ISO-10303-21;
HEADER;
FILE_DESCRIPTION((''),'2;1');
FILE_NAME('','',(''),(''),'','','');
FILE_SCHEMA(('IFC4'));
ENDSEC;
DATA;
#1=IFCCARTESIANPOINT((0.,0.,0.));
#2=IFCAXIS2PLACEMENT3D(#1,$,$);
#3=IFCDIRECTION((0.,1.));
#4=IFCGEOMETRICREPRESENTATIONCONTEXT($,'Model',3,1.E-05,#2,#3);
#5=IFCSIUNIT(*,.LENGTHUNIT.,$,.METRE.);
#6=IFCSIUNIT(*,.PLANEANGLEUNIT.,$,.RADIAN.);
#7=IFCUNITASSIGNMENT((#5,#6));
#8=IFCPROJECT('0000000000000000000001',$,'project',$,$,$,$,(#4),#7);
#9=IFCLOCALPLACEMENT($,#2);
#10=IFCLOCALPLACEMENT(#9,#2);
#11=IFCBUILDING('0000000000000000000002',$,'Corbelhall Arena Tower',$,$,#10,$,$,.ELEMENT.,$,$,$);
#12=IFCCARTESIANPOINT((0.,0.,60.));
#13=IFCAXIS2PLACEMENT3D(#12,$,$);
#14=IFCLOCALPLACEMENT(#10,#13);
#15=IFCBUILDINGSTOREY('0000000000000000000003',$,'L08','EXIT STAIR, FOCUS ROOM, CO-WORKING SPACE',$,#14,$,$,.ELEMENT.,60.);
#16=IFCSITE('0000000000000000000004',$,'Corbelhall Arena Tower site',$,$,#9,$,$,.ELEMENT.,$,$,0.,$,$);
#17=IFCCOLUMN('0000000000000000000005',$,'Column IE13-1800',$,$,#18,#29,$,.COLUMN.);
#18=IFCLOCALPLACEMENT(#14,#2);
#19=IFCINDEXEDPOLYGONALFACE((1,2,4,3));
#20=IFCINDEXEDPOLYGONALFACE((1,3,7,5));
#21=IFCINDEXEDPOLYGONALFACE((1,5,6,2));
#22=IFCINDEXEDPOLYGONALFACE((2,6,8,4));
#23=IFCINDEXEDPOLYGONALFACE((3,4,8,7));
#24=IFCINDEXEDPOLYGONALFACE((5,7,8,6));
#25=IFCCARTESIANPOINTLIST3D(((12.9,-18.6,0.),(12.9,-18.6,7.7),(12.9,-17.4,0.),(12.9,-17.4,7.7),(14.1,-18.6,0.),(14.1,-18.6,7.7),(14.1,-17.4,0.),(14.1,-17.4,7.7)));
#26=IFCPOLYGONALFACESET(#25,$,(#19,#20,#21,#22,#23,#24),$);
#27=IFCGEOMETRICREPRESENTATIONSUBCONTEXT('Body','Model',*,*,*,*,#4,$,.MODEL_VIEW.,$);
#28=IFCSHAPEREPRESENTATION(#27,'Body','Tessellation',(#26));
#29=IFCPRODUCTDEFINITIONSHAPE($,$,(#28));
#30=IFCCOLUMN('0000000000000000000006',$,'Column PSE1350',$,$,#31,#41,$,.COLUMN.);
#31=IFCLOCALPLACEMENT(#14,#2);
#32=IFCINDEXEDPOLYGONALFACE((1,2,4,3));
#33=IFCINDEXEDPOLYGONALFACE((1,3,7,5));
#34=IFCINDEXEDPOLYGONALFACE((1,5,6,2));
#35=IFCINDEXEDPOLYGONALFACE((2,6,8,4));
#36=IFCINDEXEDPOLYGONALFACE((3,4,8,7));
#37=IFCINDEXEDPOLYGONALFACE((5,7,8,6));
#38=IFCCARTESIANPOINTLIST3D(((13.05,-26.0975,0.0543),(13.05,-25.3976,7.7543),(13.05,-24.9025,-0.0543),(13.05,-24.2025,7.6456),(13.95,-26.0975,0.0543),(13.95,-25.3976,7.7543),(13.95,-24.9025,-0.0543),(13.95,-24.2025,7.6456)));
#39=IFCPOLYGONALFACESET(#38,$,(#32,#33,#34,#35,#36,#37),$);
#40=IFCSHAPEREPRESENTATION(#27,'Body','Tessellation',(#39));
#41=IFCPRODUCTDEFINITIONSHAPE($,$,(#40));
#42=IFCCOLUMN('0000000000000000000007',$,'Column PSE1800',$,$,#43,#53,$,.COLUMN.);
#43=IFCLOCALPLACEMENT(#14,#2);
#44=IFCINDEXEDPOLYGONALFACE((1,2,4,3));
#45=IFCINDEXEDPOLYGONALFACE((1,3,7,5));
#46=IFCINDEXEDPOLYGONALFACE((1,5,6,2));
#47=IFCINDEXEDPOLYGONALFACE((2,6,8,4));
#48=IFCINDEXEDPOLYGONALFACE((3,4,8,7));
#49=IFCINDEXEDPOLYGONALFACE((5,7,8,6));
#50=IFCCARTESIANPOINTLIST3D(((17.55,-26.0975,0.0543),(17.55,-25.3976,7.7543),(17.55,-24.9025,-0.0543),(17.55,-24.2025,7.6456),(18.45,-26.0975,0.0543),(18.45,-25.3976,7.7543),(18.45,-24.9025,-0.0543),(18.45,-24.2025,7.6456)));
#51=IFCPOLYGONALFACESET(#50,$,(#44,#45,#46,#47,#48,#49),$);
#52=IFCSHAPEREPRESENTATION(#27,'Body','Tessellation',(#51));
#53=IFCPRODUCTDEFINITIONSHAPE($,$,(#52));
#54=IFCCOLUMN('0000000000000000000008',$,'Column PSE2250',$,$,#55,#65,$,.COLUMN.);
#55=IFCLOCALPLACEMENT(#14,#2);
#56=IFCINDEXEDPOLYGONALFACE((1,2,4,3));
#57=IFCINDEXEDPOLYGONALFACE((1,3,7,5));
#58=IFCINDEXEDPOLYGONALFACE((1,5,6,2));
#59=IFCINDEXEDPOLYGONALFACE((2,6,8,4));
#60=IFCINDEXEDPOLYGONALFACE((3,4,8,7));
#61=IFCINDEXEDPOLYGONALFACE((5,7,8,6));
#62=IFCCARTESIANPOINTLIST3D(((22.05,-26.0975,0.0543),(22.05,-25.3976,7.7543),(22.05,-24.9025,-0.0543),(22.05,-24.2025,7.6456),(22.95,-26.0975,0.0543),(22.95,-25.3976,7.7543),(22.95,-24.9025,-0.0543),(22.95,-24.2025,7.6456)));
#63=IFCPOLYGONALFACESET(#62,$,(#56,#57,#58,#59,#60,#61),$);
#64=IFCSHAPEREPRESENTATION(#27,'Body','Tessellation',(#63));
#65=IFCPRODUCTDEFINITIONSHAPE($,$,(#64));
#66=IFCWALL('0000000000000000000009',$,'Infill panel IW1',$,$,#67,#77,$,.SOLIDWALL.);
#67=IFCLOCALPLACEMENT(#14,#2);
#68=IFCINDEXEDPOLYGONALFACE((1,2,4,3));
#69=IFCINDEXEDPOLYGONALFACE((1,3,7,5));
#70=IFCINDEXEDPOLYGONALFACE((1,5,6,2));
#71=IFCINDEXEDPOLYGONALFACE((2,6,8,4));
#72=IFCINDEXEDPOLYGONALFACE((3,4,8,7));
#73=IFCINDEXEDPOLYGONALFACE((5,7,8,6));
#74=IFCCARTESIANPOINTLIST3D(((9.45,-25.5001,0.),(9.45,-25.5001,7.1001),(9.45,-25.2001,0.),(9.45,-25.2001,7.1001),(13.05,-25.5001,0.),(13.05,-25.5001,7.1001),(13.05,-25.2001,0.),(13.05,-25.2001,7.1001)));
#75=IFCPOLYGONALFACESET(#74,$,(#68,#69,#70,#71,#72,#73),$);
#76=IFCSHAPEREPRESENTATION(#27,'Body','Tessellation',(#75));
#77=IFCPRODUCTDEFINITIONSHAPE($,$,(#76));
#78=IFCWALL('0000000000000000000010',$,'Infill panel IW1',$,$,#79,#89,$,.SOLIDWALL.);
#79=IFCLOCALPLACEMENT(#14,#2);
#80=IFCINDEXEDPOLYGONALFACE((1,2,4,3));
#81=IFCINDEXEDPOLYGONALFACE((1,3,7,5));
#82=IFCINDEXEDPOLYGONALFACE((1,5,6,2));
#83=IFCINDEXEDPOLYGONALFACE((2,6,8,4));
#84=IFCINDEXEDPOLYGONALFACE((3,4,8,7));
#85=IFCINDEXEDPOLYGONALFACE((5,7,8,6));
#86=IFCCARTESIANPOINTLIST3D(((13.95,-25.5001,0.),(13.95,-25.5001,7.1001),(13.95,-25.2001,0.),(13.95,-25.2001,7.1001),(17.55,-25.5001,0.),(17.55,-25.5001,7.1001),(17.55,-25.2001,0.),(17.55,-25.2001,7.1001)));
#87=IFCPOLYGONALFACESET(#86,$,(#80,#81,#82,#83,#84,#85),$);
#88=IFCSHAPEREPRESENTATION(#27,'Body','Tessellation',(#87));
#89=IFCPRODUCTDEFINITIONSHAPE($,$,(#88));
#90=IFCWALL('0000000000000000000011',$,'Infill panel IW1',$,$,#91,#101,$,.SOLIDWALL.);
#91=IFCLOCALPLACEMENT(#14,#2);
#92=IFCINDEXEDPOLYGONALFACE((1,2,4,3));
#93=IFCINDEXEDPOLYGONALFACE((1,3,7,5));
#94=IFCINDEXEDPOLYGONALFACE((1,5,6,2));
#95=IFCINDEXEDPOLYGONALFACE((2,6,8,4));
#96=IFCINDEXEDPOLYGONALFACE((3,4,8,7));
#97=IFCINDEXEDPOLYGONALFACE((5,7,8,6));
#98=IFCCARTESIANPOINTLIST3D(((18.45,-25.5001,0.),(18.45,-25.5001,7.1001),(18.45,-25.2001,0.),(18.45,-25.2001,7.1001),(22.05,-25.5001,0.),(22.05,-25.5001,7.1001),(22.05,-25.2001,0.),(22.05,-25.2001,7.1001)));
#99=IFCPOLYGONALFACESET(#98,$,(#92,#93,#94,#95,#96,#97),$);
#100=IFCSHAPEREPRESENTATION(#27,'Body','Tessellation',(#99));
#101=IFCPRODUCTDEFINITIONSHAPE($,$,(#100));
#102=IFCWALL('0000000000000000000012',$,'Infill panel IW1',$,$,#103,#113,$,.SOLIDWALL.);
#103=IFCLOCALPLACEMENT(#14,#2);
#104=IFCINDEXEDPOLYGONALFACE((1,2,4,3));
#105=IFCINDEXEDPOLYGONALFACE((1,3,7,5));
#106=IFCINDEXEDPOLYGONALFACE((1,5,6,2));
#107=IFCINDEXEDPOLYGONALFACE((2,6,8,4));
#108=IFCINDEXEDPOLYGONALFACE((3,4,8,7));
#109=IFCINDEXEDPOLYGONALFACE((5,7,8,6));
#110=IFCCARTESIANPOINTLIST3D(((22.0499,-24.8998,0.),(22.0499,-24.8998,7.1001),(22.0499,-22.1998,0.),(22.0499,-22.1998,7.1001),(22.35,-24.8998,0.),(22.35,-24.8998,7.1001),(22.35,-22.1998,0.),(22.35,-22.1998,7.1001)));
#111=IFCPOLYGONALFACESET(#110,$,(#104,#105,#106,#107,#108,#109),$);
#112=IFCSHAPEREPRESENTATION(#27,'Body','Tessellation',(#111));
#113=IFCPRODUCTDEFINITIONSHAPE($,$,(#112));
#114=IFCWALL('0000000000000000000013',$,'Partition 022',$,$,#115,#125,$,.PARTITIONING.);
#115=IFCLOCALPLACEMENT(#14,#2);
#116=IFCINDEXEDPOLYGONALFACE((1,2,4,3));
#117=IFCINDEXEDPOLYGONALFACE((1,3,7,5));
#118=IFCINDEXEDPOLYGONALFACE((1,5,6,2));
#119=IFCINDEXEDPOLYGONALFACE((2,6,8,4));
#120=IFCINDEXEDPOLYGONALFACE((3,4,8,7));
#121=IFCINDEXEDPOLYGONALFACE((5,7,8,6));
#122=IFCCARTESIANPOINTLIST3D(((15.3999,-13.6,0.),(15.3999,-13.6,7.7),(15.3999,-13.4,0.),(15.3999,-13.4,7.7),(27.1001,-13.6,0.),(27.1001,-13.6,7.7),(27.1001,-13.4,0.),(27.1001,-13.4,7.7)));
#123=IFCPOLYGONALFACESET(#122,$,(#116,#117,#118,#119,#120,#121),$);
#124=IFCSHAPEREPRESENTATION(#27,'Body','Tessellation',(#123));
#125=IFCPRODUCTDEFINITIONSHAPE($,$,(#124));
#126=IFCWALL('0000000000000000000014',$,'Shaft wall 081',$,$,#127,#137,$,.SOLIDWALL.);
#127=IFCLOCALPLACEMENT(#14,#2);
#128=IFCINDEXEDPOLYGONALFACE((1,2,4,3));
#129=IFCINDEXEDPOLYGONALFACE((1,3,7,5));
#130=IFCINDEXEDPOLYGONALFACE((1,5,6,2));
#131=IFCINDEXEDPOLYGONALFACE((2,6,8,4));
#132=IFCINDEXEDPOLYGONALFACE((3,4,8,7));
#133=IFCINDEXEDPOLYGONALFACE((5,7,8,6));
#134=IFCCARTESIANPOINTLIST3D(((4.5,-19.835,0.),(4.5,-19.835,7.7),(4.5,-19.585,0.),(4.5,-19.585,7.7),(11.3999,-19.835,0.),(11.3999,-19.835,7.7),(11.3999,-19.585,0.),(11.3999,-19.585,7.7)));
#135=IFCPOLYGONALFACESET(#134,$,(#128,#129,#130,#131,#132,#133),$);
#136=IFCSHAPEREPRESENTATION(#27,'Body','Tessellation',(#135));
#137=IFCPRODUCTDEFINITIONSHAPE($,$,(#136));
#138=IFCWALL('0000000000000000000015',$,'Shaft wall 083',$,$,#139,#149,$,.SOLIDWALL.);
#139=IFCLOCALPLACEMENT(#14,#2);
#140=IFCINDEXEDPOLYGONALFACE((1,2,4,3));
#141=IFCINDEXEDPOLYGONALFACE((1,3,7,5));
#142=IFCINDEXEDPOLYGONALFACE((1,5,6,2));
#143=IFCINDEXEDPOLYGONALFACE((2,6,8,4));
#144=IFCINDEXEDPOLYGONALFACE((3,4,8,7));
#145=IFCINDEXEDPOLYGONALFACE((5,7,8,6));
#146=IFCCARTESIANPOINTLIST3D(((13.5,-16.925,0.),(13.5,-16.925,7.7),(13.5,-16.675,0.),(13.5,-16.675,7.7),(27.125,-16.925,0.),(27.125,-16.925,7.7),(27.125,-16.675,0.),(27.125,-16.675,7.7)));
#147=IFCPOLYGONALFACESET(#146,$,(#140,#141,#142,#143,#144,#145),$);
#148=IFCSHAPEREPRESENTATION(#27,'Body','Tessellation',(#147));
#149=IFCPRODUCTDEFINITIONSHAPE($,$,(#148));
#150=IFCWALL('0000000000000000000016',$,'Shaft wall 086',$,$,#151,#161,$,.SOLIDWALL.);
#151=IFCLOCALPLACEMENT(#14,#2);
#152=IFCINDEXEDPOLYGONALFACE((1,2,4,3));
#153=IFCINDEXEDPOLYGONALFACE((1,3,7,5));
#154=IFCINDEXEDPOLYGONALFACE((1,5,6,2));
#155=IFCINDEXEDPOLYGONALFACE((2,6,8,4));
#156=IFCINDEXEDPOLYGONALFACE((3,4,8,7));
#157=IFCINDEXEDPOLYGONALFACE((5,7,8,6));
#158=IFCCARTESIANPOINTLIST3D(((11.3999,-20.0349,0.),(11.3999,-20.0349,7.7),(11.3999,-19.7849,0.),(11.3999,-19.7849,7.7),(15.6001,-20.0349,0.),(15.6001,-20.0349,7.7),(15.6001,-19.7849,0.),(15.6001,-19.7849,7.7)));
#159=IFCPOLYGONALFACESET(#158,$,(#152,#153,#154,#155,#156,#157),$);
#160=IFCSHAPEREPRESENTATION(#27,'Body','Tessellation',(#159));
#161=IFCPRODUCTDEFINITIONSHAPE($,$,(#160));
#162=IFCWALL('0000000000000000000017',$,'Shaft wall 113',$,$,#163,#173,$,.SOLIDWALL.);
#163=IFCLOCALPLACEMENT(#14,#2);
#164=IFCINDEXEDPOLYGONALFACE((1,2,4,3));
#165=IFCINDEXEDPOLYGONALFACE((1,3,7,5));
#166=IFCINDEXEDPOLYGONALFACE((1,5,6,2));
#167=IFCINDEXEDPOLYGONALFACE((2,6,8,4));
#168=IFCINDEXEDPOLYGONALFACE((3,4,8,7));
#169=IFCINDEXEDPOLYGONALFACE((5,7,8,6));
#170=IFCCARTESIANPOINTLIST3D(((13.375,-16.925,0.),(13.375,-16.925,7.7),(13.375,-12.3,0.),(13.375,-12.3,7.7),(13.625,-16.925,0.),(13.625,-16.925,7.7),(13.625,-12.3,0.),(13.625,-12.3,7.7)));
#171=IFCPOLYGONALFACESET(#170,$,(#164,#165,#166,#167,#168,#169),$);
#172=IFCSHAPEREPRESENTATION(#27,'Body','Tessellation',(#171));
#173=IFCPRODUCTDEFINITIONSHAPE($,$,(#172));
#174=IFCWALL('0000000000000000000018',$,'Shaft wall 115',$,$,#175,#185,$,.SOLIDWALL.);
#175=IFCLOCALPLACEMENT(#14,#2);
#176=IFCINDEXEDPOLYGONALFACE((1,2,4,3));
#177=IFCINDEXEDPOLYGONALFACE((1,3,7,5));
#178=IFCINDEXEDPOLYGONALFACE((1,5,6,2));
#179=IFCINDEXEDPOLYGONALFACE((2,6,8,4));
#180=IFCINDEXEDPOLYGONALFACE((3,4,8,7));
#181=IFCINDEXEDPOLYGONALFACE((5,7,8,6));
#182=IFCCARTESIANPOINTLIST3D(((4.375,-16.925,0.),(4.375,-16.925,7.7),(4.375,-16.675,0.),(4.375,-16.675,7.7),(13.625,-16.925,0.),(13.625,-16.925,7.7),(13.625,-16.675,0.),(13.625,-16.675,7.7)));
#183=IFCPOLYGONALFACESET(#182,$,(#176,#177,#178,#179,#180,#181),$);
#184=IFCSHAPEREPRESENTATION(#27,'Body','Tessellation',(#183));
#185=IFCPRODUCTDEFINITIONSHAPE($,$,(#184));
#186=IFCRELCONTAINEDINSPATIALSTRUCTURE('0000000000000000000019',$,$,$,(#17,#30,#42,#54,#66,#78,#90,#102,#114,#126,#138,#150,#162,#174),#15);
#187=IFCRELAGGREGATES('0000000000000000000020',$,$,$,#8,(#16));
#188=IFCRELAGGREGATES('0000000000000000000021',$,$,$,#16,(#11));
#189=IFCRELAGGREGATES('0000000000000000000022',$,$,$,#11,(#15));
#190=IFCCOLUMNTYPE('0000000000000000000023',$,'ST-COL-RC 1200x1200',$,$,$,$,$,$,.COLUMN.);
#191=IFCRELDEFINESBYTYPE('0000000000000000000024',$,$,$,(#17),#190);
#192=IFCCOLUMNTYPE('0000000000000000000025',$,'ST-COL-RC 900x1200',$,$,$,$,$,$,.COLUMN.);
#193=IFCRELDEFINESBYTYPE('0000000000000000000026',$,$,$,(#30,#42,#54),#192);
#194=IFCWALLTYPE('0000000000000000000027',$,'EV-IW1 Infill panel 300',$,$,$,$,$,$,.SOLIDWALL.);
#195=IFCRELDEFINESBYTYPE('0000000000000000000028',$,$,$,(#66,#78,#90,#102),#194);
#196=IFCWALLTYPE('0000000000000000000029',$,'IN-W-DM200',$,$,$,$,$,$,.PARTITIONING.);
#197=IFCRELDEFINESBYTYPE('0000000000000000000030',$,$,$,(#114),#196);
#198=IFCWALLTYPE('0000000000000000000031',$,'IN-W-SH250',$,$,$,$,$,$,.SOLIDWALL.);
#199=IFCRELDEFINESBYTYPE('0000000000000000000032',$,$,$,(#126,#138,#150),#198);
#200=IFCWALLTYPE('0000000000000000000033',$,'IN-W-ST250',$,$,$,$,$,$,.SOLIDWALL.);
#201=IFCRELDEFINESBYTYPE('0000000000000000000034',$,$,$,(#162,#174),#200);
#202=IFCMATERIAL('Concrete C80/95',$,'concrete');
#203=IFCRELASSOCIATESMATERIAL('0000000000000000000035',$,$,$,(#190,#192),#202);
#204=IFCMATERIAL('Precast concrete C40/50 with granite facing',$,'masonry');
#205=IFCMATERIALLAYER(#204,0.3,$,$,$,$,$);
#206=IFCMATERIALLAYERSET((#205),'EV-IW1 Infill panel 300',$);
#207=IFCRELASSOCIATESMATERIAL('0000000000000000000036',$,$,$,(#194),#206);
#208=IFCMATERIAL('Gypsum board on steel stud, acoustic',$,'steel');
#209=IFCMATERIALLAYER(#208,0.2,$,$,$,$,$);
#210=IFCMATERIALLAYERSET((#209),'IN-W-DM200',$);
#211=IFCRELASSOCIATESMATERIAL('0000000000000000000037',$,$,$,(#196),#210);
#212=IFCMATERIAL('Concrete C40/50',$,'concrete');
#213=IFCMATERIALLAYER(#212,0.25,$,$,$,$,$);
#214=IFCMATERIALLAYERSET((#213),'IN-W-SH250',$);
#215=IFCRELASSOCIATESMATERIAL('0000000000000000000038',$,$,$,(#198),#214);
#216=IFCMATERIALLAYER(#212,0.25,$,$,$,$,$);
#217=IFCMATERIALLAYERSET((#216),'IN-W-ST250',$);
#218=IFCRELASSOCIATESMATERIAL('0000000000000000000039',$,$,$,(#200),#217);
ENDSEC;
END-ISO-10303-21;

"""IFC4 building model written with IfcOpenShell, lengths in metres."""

from ifc_helpers import new_model, si_unit, direction, frame, frame_2d, origin, origin_2d, place, context, subcontext, project, spatial, rectangle, extrude, material, layer, layer_set, material_profile, profile_set, type_object, element, save


model = new_model("IFC4")

# Units and contexts
model_context = context("Model", 3, precision=1e-05, world=origin(), true_north=direction((0.0, 1.0)))
body_context = subcontext(model_context, "Body", "Model", "MODEL_VIEW")
ifc_project = project(units=[si_unit("LENGTHUNIT", "METRE"), si_unit("PLANEANGLEUNIT", "RADIAN")], contexts=[model_context])

# Site, building, storey
site_placement = place(None, origin())
site = spatial("IfcSite", under=ifc_project, at=site_placement, Name="Corbelhall Arena Tower site", CompositionType="ELEMENT", RefElevation=0.0)
building_placement = place(site_placement, origin())
building = spatial("IfcBuilding", under=site, at=building_placement, Name="Corbelhall Arena Tower", CompositionType="ELEMENT")
storey_placement = place(building_placement, frame((0.0, 0.0, 60.0)))
storey = spatial("IfcBuildingStorey", under=building, at=storey_placement, Name="L08", Description="EXIT STAIR, FOCUS ROOM, CO-WORKING SPACE", CompositionType="ELEMENT", Elevation=60.0)

# Columns
ifc_material_1 = material(Name="Concrete C80/95", Category="concrete")
ifc_material_profile_1 = material_profile(ifc_material_1, rectangle(XDim=1.2, YDim=1.2, at=origin_2d()))
ifc_profile_set_1 = profile_set([ifc_material_profile_1], Name="Concrete C80/95")
column_type_1 = type_object("IfcColumnType", Name="ST-COL-RC 1200x1200", PredefinedType="COLUMN", material=ifc_profile_set_1)
column_placement = place(storey_placement, frame((13.5, -18.0, 0.0), z_axis=(0.0, 0.0, 1.0), x_axis=(1.0, 0.0, 0.0)))
element("IfcColumn", 1, at=column_placement, inside=storey, type_object=column_type_1, Name="Column IE13-1800", PredefinedType="COLUMN", context=body_context, shape_type="SweptSolid", body=[
    extrude(rectangle(XDim=1.2, YDim=1.2, at=origin_2d()), origin(), (0.0, 0.0, 1.0), 7.7),
])
ifc_material_profile_2 = material_profile(ifc_material_1, rectangle(XDim=0.8999, YDim=1.2, at=origin_2d()))
ifc_profile_set_2 = profile_set([ifc_material_profile_2], Name="Concrete C80/95")
column_type_2 = type_object("IfcColumnType", Name="ST-COL-RC 900x1200", PredefinedType="COLUMN", material=ifc_profile_set_2)
for number, where, z_axis, x_axis, name in (
    (2, (13.5, -25.5, 0.0), (0.0, 0.09053, 0.995894), (-1.0, 0.0, 0.0), "Column PSE1350"),
    (3, (18.0, -25.5, 0.0), (0.0, 0.09053, 0.995894), (-1.0, 0.0, 0.0), "Column PSE1800"),
    (4, (22.5, -25.5, 0.0), (0.0, 0.09053, 0.995894), (-1.0, 0.0, 0.0), "Column PSE2250"),
):
    element("IfcColumn", number, at=place(storey_placement, frame(where, z_axis=z_axis, x_axis=x_axis)), inside=storey, type_object=column_type_2, Name=name, PredefinedType="COLUMN", context=body_context, shape_type="SweptSolid", body=[
        extrude(rectangle(XDim=0.8999, YDim=1.2, at=origin_2d()), origin(), (0.0, 0.0, 1.0), 7.7317),
    ])

# Walls
ifc_material_2 = material(Name="Precast concrete C40/50 with granite facing", Category="masonry")
ifc_layer_1 = layer(ifc_material_2, 0.3)
ifc_layer_set_1 = layer_set([ifc_layer_1], Name="EV-IW1 Infill panel 300")
wall_type_1 = type_object("IfcWallType", Name="EV-IW1 Infill panel 300", PredefinedType="SOLIDWALL", material=ifc_layer_set_1)
for number, where, z_axis, x_axis, name in (
    (5, (9.45, -25.3501, 0.0), (0.0, 0.0, 1.0), (1.0, 0.0, 0.0), "Infill panel IW1"),
    (6, (13.95, -25.3501, 0.0), (0.0, 0.0, 1.0), (1.0, 0.0, 0.0), "Infill panel IW1"),
    (7, (18.45, -25.3501, 0.0), (0.0, 0.0, 1.0), (1.0, 0.0, 0.0), "Infill panel IW1"),
):
    element("IfcWall", number, at=place(storey_placement, frame(where, z_axis=z_axis, x_axis=x_axis)), inside=storey, type_object=wall_type_1, Name=name, PredefinedType="SOLIDWALL", context=body_context, shape_type="SweptSolid", body=[
        extrude(rectangle(XDim=3.6001, YDim=0.3, at=frame_2d((1.8, 0.0))), origin(), (0.0, 0.0, 1.0), 7.1001),
    ])
wall_1_placement = place(storey_placement, frame((22.2, -24.8999, 0.0), z_axis=(0.0, 0.0, 1.0), x_axis=(0.0, 1.0, 0.0)))
element("IfcWall", 8, at=wall_1_placement, inside=storey, type_object=wall_type_1, Name="Infill panel IW1", PredefinedType="SOLIDWALL", context=body_context, shape_type="SweptSolid", body=[
    extrude(rectangle(XDim=2.7, YDim=0.3, at=frame_2d((1.3501, 0.0))), origin(), (0.0, 0.0, 1.0), 7.1001),
])
ifc_material_3 = material(Name="Gypsum board on steel stud, acoustic", Category="steel")
ifc_layer_2 = layer(ifc_material_3, 0.2)
ifc_layer_set_2 = layer_set([ifc_layer_2], Name="IN-W-DM200")
wall_type_2 = type_object("IfcWallType", Name="IN-W-DM200", PredefinedType="PARTITIONING", material=ifc_layer_set_2)
wall_2_placement = place(storey_placement, frame((15.3999, -13.5, 0.0), z_axis=(0.0, 0.0, 1.0), x_axis=(1.0, 0.0, 0.0)))
element("IfcWall", 9, at=wall_2_placement, inside=storey, type_object=wall_type_2, Name="Partition 022", PredefinedType="PARTITIONING", context=body_context, shape_type="SweptSolid", body=[
    extrude(rectangle(XDim=11.7002, YDim=0.2, at=frame_2d((5.8501, 0.0))), origin(), (0.0, 0.0, 1.0), 7.7),
])

# Walls
ifc_material_4 = material(Name="Concrete C40/50", Category="concrete")
ifc_layer_3 = layer(ifc_material_4, 0.25)
ifc_layer_set_3 = layer_set([ifc_layer_3], Name="IN-W-SH250")
wall_type_3 = type_object("IfcWallType", Name="IN-W-SH250", PredefinedType="SOLIDWALL", material=ifc_layer_set_3)
wall_3_placement = place(storey_placement, frame((11.3999, -19.71, 0.0), z_axis=(0.0, 0.0, 1.0), x_axis=(-1.0, 0.0, 0.0)))
element("IfcWall", 10, at=wall_3_placement, inside=storey, type_object=wall_type_3, Name="Shaft wall 081", PredefinedType="SOLIDWALL", context=body_context, shape_type="SweptSolid", body=[
    extrude(rectangle(XDim=6.8999, YDim=0.25, at=frame_2d((3.45, 0.0))), origin(), (0.0, 0.0, 1.0), 7.7),
])
wall_4_placement = place(storey_placement, frame((13.5, -16.8, 0.0), z_axis=(0.0, 0.0, 1.0), x_axis=(1.0, 0.0, 0.0)))
element("IfcWall", 11, at=wall_4_placement, inside=storey, type_object=wall_type_3, Name="Shaft wall 083", PredefinedType="SOLIDWALL", context=body_context, shape_type="SweptSolid", body=[
    extrude(rectangle(XDim=13.625, YDim=0.25, at=frame_2d((6.8125, 0.0))), origin(), (0.0, 0.0, 1.0), 7.7),
])
wall_5_placement = place(storey_placement, frame((15.6001, -19.9099, 0.0), z_axis=(0.0, 0.0, 1.0), x_axis=(-1.0, 0.0, 0.0)))
element("IfcWall", 12, at=wall_5_placement, inside=storey, type_object=wall_type_3, Name="Shaft wall 086", PredefinedType="SOLIDWALL", context=body_context, shape_type="SweptSolid", body=[
    extrude(rectangle(XDim=4.2002, YDim=0.25, at=frame_2d((2.1001, 0.0))), origin(), (0.0, 0.0, 1.0), 7.7),
])
ifc_layer_4 = layer(ifc_material_4, 0.25)
ifc_layer_set_4 = layer_set([ifc_layer_4], Name="IN-W-ST250")
wall_type_4 = type_object("IfcWallType", Name="IN-W-ST250", PredefinedType="SOLIDWALL", material=ifc_layer_set_4)
wall_6_placement = place(storey_placement, frame((13.5, -12.3, 0.0), z_axis=(0.0, 0.0, 1.0), x_axis=(0.0, -1.0, 0.0)))
element("IfcWall", 13, at=wall_6_placement, inside=storey, type_object=wall_type_4, Name="Shaft wall 113", PredefinedType="SOLIDWALL", context=body_context, shape_type="SweptSolid", body=[
    extrude(rectangle(XDim=4.625, YDim=0.25, at=frame_2d((2.3125, 0.0))), origin(), (0.0, 0.0, 1.0), 7.7),
])
wall_7_placement = place(storey_placement, frame((13.625, -16.8, 0.0), z_axis=(0.0, 0.0, 1.0), x_axis=(-1.0, 0.0, 0.0)))
element("IfcWall", 14, at=wall_7_placement, inside=storey, type_object=wall_type_4, Name="Shaft wall 115", PredefinedType="SOLIDWALL", context=body_context, shape_type="SweptSolid", body=[
    extrude(rectangle(XDim=9.25, YDim=0.25, at=frame_2d((4.625, 0.0))), origin(), (0.0, 0.0, 1.0), 7.7),
])

save(model, "model.ifc")
